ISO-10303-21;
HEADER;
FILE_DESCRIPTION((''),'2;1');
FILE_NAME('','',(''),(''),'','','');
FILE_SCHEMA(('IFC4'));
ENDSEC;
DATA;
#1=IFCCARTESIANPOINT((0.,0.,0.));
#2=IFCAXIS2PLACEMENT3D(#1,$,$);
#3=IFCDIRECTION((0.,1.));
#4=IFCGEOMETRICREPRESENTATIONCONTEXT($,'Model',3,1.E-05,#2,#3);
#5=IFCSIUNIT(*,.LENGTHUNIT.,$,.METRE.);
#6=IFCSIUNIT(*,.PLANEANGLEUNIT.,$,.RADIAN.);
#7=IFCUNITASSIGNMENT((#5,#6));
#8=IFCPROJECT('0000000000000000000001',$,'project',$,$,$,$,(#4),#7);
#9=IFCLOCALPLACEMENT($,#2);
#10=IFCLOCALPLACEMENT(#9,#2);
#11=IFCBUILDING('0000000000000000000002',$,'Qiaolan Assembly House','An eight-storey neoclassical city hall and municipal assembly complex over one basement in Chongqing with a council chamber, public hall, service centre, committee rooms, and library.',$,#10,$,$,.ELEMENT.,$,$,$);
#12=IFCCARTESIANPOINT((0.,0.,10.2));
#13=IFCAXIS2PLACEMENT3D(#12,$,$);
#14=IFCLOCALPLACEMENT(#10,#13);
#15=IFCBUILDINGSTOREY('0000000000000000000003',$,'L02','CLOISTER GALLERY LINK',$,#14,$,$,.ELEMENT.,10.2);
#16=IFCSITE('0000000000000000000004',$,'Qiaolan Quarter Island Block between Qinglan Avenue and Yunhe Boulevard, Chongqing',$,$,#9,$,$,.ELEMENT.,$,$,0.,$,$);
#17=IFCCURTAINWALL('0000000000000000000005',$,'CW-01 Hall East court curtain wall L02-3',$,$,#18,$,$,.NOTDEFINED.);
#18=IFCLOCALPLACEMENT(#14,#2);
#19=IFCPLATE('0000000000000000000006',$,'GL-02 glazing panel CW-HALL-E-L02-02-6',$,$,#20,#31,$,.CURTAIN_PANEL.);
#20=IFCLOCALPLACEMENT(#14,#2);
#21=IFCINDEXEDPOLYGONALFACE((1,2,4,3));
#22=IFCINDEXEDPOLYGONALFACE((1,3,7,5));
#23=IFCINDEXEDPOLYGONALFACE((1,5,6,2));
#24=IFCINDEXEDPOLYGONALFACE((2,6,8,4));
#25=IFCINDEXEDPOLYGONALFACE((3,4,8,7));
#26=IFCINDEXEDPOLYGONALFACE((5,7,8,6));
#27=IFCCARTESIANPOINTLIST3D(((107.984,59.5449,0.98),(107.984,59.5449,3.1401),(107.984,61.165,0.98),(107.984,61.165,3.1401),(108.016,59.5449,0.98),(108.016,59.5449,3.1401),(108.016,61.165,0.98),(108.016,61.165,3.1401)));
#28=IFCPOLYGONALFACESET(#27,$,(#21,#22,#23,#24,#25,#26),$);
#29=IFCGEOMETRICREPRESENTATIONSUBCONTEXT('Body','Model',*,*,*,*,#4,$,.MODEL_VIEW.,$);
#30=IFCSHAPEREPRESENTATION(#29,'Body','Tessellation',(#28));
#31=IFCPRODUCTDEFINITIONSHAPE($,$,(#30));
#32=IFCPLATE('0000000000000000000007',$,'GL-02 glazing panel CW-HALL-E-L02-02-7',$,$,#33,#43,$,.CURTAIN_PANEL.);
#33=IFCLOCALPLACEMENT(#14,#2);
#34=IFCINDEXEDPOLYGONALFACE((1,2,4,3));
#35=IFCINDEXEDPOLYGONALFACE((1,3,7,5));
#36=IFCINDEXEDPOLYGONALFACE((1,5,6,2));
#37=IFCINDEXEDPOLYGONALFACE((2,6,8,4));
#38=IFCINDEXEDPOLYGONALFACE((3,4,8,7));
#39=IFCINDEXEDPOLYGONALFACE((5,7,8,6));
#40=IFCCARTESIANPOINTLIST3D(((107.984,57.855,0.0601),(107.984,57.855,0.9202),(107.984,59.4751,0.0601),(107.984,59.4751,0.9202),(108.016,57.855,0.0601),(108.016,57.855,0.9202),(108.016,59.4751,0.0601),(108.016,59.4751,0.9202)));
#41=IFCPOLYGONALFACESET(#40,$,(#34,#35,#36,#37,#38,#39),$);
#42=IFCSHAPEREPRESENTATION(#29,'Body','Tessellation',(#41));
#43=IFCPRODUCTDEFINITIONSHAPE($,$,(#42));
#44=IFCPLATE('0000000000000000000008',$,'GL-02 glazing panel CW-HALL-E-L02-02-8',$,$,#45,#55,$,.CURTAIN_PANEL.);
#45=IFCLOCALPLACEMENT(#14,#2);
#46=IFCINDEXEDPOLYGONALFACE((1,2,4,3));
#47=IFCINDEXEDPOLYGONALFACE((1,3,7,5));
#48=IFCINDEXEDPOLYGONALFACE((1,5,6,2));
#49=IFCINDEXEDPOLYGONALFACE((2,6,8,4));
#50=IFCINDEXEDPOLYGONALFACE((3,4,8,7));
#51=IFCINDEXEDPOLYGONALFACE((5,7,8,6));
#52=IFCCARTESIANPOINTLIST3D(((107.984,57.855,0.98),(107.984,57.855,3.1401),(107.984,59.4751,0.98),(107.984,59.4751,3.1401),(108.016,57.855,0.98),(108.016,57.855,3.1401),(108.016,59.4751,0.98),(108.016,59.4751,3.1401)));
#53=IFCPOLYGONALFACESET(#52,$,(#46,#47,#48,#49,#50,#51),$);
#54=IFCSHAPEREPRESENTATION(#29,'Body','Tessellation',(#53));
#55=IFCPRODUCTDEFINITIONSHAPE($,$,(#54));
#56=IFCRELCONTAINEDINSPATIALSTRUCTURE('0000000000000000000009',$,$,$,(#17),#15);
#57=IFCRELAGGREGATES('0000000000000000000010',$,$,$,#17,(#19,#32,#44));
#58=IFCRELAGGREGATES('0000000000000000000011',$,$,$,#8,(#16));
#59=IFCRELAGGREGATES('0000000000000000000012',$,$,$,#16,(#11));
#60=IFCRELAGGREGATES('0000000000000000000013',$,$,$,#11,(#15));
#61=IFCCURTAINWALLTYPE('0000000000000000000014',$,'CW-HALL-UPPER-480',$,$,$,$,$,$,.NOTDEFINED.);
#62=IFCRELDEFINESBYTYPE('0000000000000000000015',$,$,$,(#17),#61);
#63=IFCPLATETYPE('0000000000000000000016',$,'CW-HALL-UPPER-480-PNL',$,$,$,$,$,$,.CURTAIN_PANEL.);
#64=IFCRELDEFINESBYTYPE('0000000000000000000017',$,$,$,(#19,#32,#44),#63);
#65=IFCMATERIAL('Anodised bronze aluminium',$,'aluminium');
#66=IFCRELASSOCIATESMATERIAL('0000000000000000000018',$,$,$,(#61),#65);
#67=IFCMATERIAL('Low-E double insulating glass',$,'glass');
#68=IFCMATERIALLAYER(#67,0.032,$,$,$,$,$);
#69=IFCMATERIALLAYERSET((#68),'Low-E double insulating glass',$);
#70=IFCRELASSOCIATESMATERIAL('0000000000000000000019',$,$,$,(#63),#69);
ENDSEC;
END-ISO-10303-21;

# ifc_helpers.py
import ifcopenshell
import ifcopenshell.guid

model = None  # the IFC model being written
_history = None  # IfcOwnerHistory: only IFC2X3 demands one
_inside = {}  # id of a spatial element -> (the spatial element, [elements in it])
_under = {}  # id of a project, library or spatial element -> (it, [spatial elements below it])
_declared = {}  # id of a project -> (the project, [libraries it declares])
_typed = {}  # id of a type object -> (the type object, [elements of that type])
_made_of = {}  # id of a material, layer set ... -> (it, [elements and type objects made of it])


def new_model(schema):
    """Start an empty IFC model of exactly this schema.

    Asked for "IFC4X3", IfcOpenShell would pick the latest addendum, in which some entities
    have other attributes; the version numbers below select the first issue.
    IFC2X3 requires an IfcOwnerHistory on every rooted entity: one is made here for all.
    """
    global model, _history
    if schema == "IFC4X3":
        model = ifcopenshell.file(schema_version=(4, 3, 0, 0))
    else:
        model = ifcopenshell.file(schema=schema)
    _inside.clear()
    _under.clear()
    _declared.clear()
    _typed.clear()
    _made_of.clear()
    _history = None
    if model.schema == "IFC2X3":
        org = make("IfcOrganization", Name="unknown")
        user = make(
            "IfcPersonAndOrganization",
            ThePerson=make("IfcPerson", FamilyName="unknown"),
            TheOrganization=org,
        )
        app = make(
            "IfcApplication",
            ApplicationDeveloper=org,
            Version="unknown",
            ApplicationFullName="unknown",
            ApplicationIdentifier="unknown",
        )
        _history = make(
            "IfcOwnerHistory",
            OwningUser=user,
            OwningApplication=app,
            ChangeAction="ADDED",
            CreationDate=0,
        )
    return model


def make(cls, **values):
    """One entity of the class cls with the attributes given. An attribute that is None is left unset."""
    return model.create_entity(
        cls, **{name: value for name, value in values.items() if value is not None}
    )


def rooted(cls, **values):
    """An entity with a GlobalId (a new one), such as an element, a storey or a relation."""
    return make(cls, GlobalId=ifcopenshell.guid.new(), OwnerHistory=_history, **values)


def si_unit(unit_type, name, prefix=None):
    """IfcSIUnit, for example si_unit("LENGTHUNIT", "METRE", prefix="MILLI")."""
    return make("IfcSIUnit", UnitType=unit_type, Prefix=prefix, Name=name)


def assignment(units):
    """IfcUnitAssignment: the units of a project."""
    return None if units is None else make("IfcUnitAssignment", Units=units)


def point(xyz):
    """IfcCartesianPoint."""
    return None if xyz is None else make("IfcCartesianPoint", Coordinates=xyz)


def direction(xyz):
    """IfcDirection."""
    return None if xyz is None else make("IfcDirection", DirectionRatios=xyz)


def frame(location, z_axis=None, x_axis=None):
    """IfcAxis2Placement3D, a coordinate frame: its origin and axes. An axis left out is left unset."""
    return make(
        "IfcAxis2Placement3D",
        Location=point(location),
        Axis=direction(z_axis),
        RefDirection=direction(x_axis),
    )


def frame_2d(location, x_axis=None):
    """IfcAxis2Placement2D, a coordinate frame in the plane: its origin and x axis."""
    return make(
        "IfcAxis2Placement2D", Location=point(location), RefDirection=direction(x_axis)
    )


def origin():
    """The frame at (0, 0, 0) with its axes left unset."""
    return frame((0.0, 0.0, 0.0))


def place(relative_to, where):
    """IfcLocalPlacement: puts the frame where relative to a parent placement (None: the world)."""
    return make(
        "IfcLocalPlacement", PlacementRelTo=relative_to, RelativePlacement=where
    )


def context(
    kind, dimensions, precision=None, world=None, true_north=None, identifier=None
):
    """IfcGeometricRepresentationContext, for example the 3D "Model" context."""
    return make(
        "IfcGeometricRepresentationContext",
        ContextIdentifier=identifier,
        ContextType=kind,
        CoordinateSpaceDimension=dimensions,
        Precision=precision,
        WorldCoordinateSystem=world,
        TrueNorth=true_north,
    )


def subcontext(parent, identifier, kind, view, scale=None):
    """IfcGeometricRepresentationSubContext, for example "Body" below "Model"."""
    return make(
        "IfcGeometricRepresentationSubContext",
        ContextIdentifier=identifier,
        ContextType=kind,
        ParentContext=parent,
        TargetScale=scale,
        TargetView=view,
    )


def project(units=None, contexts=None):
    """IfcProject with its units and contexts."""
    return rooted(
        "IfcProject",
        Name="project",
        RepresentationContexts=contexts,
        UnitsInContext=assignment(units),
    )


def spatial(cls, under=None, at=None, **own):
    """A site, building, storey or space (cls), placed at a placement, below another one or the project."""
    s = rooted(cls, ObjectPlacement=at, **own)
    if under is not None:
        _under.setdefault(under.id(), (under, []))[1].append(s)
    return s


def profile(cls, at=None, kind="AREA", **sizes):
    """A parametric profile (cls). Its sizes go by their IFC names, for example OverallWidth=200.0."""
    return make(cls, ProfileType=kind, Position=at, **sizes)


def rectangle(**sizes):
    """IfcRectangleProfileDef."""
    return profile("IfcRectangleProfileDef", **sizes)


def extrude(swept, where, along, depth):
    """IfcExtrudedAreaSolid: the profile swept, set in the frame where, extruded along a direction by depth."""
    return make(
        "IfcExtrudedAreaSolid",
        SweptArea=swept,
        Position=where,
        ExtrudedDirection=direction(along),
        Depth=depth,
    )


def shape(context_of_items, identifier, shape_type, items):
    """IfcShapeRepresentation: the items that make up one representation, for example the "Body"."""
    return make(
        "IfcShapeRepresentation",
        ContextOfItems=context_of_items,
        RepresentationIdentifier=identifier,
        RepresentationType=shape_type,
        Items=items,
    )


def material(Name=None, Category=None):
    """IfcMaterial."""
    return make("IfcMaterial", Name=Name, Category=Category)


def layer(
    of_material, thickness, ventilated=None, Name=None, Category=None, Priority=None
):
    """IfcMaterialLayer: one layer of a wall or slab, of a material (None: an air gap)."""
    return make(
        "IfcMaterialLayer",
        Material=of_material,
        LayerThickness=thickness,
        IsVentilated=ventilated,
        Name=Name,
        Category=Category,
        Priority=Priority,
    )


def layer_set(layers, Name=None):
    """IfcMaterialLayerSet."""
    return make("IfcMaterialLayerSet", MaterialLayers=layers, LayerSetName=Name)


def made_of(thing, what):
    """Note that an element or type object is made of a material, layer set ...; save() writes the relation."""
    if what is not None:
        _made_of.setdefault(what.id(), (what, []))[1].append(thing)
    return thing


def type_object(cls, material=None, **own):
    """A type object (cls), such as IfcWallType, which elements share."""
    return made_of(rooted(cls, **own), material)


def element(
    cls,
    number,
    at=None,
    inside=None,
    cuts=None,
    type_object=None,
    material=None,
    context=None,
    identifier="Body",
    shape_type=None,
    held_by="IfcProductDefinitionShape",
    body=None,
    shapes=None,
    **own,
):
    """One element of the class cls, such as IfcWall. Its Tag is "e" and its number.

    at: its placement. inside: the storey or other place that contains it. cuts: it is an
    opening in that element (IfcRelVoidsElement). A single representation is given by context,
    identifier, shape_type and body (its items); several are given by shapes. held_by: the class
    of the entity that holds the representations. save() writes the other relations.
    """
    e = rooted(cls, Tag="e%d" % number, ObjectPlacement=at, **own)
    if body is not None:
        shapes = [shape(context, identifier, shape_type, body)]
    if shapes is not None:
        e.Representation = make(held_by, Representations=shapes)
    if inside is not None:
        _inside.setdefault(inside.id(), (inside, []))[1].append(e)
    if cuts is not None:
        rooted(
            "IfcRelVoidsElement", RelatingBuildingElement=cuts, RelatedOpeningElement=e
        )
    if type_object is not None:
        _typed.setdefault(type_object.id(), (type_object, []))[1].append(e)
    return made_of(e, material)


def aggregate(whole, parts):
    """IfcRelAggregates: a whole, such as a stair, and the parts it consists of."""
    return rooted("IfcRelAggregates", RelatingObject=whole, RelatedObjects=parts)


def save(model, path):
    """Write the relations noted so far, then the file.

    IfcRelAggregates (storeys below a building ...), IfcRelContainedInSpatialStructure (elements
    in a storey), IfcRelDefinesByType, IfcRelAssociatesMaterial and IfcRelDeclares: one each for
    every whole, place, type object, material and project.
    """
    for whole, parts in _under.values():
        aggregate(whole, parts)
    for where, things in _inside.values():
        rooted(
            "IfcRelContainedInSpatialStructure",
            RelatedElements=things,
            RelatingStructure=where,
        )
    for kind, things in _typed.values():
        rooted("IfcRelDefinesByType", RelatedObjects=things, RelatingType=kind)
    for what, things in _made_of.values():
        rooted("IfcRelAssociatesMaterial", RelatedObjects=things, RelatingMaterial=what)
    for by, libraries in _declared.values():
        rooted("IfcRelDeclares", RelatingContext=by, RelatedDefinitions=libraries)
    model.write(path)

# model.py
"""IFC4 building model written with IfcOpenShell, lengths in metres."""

from ifc_helpers import new_model, si_unit, direction, frame, frame_2d, origin, place, context, subcontext, project, spatial, rectangle, extrude, material, layer, layer_set, type_object, element, aggregate, save


model = new_model("IFC4")

# Units and contexts
model_context = context("Model", 3, precision=1e-05, world=origin(), true_north=direction((0.0, 1.0)))
body_context = subcontext(model_context, "Body", "Model", "MODEL_VIEW")
ifc_project = project(units=[si_unit("LENGTHUNIT", "METRE"), si_unit("PLANEANGLEUNIT", "RADIAN")], contexts=[model_context])

# Site, building, storey
site_placement = place(None, origin())
site = spatial("IfcSite", under=ifc_project, at=site_placement, Name="Qiaolan Quarter Island Block between Qinglan Avenue and Yunhe Boulevard, Chongqing", CompositionType="ELEMENT", RefElevation=0.0)
building_placement = place(site_placement, origin())
building = spatial("IfcBuilding", under=site, at=building_placement, Name="Qiaolan Assembly House", Description="An eight-storey neoclassical city hall and municipal assembly complex over one basement in Chongqing with a council chamber, public hall, service centre, committee rooms, and library.", CompositionType="ELEMENT")
storey_placement = place(building_placement, frame((0.0, 0.0, 10.2)))
storey = spatial("IfcBuildingStorey", under=building, at=storey_placement, Name="L02", Description="CLOISTER GALLERY LINK", CompositionType="ELEMENT", Elevation=10.2)

# Curtain wall
ifc_material_1 = material(Name="Anodised bronze aluminium", Category="aluminium")
curtain_wall_type = type_object("IfcCurtainWallType", Name="CW-HALL-UPPER-480", PredefinedType="NOTDEFINED", material=ifc_material_1)
curtain_wall_placement = place(storey_placement, origin())
curtain_wall = element("IfcCurtainWall", 1, at=curtain_wall_placement, inside=storey, type_object=curtain_wall_type, Name="CW-01 Hall East court curtain wall L02-3", PredefinedType="NOTDEFINED")

# Plates
ifc_material_2 = material(Name="Low-E double insulating glass", Category="glass")
ifc_layer = layer(ifc_material_2, 0.032)
ifc_layer_set = layer_set([ifc_layer], Name="Low-E double insulating glass")
plate_type = type_object("IfcPlateType", Name="CW-HALL-UPPER-480-PNL", PredefinedType="CURTAIN_PANEL", material=ifc_layer_set)
plate_1_placement = place(storey_placement, frame((108.0, 61.165, 0.98), z_axis=(0.0, 0.0, 1.0), x_axis=(0.0, -1.0, 0.0)))
plate_1 = element("IfcPlate", 2, at=plate_1_placement, type_object=plate_type, Name="GL-02 glazing panel CW-HALL-E-L02-02-6", PredefinedType="CURTAIN_PANEL", context=body_context, shape_type="SweptSolid", body=[
    extrude(rectangle(XDim=1.6201, YDim=0.032, at=frame_2d((0.8101, 0.0))), origin(), (0.0, 0.0, 1.0), 2.1602),
])
plate_2_placement = place(storey_placement, frame((108.0, 59.4751, 0.0601), z_axis=(0.0, 0.0, 1.0), x_axis=(0.0, -1.0, 0.0)))
plate_2 = element("IfcPlate", 3, at=plate_2_placement, type_object=plate_type, Name="GL-02 glazing panel CW-HALL-E-L02-02-7", PredefinedType="CURTAIN_PANEL", context=body_context, shape_type="SweptSolid", body=[
    extrude(rectangle(XDim=1.6201, YDim=0.032, at=frame_2d((0.8101, 0.0))), origin(), (0.0, 0.0, 1.0), 0.8601),
])
plate_3_placement = place(storey_placement, frame((108.0, 59.4751, 0.98), z_axis=(0.0, 0.0, 1.0), x_axis=(0.0, -1.0, 0.0)))
plate_3 = element("IfcPlate", 4, at=plate_3_placement, type_object=plate_type, Name="GL-02 glazing panel CW-HALL-E-L02-02-8", PredefinedType="CURTAIN_PANEL", context=body_context, shape_type="SweptSolid", body=[
    extrude(rectangle(XDim=1.6201, YDim=0.032, at=frame_2d((0.8101, 0.0))), origin(), (0.0, 0.0, 1.0), 2.1602),
])
aggregate(curtain_wall, [plate_1, plate_2, plate_3])

save(model, "model.ifc")
